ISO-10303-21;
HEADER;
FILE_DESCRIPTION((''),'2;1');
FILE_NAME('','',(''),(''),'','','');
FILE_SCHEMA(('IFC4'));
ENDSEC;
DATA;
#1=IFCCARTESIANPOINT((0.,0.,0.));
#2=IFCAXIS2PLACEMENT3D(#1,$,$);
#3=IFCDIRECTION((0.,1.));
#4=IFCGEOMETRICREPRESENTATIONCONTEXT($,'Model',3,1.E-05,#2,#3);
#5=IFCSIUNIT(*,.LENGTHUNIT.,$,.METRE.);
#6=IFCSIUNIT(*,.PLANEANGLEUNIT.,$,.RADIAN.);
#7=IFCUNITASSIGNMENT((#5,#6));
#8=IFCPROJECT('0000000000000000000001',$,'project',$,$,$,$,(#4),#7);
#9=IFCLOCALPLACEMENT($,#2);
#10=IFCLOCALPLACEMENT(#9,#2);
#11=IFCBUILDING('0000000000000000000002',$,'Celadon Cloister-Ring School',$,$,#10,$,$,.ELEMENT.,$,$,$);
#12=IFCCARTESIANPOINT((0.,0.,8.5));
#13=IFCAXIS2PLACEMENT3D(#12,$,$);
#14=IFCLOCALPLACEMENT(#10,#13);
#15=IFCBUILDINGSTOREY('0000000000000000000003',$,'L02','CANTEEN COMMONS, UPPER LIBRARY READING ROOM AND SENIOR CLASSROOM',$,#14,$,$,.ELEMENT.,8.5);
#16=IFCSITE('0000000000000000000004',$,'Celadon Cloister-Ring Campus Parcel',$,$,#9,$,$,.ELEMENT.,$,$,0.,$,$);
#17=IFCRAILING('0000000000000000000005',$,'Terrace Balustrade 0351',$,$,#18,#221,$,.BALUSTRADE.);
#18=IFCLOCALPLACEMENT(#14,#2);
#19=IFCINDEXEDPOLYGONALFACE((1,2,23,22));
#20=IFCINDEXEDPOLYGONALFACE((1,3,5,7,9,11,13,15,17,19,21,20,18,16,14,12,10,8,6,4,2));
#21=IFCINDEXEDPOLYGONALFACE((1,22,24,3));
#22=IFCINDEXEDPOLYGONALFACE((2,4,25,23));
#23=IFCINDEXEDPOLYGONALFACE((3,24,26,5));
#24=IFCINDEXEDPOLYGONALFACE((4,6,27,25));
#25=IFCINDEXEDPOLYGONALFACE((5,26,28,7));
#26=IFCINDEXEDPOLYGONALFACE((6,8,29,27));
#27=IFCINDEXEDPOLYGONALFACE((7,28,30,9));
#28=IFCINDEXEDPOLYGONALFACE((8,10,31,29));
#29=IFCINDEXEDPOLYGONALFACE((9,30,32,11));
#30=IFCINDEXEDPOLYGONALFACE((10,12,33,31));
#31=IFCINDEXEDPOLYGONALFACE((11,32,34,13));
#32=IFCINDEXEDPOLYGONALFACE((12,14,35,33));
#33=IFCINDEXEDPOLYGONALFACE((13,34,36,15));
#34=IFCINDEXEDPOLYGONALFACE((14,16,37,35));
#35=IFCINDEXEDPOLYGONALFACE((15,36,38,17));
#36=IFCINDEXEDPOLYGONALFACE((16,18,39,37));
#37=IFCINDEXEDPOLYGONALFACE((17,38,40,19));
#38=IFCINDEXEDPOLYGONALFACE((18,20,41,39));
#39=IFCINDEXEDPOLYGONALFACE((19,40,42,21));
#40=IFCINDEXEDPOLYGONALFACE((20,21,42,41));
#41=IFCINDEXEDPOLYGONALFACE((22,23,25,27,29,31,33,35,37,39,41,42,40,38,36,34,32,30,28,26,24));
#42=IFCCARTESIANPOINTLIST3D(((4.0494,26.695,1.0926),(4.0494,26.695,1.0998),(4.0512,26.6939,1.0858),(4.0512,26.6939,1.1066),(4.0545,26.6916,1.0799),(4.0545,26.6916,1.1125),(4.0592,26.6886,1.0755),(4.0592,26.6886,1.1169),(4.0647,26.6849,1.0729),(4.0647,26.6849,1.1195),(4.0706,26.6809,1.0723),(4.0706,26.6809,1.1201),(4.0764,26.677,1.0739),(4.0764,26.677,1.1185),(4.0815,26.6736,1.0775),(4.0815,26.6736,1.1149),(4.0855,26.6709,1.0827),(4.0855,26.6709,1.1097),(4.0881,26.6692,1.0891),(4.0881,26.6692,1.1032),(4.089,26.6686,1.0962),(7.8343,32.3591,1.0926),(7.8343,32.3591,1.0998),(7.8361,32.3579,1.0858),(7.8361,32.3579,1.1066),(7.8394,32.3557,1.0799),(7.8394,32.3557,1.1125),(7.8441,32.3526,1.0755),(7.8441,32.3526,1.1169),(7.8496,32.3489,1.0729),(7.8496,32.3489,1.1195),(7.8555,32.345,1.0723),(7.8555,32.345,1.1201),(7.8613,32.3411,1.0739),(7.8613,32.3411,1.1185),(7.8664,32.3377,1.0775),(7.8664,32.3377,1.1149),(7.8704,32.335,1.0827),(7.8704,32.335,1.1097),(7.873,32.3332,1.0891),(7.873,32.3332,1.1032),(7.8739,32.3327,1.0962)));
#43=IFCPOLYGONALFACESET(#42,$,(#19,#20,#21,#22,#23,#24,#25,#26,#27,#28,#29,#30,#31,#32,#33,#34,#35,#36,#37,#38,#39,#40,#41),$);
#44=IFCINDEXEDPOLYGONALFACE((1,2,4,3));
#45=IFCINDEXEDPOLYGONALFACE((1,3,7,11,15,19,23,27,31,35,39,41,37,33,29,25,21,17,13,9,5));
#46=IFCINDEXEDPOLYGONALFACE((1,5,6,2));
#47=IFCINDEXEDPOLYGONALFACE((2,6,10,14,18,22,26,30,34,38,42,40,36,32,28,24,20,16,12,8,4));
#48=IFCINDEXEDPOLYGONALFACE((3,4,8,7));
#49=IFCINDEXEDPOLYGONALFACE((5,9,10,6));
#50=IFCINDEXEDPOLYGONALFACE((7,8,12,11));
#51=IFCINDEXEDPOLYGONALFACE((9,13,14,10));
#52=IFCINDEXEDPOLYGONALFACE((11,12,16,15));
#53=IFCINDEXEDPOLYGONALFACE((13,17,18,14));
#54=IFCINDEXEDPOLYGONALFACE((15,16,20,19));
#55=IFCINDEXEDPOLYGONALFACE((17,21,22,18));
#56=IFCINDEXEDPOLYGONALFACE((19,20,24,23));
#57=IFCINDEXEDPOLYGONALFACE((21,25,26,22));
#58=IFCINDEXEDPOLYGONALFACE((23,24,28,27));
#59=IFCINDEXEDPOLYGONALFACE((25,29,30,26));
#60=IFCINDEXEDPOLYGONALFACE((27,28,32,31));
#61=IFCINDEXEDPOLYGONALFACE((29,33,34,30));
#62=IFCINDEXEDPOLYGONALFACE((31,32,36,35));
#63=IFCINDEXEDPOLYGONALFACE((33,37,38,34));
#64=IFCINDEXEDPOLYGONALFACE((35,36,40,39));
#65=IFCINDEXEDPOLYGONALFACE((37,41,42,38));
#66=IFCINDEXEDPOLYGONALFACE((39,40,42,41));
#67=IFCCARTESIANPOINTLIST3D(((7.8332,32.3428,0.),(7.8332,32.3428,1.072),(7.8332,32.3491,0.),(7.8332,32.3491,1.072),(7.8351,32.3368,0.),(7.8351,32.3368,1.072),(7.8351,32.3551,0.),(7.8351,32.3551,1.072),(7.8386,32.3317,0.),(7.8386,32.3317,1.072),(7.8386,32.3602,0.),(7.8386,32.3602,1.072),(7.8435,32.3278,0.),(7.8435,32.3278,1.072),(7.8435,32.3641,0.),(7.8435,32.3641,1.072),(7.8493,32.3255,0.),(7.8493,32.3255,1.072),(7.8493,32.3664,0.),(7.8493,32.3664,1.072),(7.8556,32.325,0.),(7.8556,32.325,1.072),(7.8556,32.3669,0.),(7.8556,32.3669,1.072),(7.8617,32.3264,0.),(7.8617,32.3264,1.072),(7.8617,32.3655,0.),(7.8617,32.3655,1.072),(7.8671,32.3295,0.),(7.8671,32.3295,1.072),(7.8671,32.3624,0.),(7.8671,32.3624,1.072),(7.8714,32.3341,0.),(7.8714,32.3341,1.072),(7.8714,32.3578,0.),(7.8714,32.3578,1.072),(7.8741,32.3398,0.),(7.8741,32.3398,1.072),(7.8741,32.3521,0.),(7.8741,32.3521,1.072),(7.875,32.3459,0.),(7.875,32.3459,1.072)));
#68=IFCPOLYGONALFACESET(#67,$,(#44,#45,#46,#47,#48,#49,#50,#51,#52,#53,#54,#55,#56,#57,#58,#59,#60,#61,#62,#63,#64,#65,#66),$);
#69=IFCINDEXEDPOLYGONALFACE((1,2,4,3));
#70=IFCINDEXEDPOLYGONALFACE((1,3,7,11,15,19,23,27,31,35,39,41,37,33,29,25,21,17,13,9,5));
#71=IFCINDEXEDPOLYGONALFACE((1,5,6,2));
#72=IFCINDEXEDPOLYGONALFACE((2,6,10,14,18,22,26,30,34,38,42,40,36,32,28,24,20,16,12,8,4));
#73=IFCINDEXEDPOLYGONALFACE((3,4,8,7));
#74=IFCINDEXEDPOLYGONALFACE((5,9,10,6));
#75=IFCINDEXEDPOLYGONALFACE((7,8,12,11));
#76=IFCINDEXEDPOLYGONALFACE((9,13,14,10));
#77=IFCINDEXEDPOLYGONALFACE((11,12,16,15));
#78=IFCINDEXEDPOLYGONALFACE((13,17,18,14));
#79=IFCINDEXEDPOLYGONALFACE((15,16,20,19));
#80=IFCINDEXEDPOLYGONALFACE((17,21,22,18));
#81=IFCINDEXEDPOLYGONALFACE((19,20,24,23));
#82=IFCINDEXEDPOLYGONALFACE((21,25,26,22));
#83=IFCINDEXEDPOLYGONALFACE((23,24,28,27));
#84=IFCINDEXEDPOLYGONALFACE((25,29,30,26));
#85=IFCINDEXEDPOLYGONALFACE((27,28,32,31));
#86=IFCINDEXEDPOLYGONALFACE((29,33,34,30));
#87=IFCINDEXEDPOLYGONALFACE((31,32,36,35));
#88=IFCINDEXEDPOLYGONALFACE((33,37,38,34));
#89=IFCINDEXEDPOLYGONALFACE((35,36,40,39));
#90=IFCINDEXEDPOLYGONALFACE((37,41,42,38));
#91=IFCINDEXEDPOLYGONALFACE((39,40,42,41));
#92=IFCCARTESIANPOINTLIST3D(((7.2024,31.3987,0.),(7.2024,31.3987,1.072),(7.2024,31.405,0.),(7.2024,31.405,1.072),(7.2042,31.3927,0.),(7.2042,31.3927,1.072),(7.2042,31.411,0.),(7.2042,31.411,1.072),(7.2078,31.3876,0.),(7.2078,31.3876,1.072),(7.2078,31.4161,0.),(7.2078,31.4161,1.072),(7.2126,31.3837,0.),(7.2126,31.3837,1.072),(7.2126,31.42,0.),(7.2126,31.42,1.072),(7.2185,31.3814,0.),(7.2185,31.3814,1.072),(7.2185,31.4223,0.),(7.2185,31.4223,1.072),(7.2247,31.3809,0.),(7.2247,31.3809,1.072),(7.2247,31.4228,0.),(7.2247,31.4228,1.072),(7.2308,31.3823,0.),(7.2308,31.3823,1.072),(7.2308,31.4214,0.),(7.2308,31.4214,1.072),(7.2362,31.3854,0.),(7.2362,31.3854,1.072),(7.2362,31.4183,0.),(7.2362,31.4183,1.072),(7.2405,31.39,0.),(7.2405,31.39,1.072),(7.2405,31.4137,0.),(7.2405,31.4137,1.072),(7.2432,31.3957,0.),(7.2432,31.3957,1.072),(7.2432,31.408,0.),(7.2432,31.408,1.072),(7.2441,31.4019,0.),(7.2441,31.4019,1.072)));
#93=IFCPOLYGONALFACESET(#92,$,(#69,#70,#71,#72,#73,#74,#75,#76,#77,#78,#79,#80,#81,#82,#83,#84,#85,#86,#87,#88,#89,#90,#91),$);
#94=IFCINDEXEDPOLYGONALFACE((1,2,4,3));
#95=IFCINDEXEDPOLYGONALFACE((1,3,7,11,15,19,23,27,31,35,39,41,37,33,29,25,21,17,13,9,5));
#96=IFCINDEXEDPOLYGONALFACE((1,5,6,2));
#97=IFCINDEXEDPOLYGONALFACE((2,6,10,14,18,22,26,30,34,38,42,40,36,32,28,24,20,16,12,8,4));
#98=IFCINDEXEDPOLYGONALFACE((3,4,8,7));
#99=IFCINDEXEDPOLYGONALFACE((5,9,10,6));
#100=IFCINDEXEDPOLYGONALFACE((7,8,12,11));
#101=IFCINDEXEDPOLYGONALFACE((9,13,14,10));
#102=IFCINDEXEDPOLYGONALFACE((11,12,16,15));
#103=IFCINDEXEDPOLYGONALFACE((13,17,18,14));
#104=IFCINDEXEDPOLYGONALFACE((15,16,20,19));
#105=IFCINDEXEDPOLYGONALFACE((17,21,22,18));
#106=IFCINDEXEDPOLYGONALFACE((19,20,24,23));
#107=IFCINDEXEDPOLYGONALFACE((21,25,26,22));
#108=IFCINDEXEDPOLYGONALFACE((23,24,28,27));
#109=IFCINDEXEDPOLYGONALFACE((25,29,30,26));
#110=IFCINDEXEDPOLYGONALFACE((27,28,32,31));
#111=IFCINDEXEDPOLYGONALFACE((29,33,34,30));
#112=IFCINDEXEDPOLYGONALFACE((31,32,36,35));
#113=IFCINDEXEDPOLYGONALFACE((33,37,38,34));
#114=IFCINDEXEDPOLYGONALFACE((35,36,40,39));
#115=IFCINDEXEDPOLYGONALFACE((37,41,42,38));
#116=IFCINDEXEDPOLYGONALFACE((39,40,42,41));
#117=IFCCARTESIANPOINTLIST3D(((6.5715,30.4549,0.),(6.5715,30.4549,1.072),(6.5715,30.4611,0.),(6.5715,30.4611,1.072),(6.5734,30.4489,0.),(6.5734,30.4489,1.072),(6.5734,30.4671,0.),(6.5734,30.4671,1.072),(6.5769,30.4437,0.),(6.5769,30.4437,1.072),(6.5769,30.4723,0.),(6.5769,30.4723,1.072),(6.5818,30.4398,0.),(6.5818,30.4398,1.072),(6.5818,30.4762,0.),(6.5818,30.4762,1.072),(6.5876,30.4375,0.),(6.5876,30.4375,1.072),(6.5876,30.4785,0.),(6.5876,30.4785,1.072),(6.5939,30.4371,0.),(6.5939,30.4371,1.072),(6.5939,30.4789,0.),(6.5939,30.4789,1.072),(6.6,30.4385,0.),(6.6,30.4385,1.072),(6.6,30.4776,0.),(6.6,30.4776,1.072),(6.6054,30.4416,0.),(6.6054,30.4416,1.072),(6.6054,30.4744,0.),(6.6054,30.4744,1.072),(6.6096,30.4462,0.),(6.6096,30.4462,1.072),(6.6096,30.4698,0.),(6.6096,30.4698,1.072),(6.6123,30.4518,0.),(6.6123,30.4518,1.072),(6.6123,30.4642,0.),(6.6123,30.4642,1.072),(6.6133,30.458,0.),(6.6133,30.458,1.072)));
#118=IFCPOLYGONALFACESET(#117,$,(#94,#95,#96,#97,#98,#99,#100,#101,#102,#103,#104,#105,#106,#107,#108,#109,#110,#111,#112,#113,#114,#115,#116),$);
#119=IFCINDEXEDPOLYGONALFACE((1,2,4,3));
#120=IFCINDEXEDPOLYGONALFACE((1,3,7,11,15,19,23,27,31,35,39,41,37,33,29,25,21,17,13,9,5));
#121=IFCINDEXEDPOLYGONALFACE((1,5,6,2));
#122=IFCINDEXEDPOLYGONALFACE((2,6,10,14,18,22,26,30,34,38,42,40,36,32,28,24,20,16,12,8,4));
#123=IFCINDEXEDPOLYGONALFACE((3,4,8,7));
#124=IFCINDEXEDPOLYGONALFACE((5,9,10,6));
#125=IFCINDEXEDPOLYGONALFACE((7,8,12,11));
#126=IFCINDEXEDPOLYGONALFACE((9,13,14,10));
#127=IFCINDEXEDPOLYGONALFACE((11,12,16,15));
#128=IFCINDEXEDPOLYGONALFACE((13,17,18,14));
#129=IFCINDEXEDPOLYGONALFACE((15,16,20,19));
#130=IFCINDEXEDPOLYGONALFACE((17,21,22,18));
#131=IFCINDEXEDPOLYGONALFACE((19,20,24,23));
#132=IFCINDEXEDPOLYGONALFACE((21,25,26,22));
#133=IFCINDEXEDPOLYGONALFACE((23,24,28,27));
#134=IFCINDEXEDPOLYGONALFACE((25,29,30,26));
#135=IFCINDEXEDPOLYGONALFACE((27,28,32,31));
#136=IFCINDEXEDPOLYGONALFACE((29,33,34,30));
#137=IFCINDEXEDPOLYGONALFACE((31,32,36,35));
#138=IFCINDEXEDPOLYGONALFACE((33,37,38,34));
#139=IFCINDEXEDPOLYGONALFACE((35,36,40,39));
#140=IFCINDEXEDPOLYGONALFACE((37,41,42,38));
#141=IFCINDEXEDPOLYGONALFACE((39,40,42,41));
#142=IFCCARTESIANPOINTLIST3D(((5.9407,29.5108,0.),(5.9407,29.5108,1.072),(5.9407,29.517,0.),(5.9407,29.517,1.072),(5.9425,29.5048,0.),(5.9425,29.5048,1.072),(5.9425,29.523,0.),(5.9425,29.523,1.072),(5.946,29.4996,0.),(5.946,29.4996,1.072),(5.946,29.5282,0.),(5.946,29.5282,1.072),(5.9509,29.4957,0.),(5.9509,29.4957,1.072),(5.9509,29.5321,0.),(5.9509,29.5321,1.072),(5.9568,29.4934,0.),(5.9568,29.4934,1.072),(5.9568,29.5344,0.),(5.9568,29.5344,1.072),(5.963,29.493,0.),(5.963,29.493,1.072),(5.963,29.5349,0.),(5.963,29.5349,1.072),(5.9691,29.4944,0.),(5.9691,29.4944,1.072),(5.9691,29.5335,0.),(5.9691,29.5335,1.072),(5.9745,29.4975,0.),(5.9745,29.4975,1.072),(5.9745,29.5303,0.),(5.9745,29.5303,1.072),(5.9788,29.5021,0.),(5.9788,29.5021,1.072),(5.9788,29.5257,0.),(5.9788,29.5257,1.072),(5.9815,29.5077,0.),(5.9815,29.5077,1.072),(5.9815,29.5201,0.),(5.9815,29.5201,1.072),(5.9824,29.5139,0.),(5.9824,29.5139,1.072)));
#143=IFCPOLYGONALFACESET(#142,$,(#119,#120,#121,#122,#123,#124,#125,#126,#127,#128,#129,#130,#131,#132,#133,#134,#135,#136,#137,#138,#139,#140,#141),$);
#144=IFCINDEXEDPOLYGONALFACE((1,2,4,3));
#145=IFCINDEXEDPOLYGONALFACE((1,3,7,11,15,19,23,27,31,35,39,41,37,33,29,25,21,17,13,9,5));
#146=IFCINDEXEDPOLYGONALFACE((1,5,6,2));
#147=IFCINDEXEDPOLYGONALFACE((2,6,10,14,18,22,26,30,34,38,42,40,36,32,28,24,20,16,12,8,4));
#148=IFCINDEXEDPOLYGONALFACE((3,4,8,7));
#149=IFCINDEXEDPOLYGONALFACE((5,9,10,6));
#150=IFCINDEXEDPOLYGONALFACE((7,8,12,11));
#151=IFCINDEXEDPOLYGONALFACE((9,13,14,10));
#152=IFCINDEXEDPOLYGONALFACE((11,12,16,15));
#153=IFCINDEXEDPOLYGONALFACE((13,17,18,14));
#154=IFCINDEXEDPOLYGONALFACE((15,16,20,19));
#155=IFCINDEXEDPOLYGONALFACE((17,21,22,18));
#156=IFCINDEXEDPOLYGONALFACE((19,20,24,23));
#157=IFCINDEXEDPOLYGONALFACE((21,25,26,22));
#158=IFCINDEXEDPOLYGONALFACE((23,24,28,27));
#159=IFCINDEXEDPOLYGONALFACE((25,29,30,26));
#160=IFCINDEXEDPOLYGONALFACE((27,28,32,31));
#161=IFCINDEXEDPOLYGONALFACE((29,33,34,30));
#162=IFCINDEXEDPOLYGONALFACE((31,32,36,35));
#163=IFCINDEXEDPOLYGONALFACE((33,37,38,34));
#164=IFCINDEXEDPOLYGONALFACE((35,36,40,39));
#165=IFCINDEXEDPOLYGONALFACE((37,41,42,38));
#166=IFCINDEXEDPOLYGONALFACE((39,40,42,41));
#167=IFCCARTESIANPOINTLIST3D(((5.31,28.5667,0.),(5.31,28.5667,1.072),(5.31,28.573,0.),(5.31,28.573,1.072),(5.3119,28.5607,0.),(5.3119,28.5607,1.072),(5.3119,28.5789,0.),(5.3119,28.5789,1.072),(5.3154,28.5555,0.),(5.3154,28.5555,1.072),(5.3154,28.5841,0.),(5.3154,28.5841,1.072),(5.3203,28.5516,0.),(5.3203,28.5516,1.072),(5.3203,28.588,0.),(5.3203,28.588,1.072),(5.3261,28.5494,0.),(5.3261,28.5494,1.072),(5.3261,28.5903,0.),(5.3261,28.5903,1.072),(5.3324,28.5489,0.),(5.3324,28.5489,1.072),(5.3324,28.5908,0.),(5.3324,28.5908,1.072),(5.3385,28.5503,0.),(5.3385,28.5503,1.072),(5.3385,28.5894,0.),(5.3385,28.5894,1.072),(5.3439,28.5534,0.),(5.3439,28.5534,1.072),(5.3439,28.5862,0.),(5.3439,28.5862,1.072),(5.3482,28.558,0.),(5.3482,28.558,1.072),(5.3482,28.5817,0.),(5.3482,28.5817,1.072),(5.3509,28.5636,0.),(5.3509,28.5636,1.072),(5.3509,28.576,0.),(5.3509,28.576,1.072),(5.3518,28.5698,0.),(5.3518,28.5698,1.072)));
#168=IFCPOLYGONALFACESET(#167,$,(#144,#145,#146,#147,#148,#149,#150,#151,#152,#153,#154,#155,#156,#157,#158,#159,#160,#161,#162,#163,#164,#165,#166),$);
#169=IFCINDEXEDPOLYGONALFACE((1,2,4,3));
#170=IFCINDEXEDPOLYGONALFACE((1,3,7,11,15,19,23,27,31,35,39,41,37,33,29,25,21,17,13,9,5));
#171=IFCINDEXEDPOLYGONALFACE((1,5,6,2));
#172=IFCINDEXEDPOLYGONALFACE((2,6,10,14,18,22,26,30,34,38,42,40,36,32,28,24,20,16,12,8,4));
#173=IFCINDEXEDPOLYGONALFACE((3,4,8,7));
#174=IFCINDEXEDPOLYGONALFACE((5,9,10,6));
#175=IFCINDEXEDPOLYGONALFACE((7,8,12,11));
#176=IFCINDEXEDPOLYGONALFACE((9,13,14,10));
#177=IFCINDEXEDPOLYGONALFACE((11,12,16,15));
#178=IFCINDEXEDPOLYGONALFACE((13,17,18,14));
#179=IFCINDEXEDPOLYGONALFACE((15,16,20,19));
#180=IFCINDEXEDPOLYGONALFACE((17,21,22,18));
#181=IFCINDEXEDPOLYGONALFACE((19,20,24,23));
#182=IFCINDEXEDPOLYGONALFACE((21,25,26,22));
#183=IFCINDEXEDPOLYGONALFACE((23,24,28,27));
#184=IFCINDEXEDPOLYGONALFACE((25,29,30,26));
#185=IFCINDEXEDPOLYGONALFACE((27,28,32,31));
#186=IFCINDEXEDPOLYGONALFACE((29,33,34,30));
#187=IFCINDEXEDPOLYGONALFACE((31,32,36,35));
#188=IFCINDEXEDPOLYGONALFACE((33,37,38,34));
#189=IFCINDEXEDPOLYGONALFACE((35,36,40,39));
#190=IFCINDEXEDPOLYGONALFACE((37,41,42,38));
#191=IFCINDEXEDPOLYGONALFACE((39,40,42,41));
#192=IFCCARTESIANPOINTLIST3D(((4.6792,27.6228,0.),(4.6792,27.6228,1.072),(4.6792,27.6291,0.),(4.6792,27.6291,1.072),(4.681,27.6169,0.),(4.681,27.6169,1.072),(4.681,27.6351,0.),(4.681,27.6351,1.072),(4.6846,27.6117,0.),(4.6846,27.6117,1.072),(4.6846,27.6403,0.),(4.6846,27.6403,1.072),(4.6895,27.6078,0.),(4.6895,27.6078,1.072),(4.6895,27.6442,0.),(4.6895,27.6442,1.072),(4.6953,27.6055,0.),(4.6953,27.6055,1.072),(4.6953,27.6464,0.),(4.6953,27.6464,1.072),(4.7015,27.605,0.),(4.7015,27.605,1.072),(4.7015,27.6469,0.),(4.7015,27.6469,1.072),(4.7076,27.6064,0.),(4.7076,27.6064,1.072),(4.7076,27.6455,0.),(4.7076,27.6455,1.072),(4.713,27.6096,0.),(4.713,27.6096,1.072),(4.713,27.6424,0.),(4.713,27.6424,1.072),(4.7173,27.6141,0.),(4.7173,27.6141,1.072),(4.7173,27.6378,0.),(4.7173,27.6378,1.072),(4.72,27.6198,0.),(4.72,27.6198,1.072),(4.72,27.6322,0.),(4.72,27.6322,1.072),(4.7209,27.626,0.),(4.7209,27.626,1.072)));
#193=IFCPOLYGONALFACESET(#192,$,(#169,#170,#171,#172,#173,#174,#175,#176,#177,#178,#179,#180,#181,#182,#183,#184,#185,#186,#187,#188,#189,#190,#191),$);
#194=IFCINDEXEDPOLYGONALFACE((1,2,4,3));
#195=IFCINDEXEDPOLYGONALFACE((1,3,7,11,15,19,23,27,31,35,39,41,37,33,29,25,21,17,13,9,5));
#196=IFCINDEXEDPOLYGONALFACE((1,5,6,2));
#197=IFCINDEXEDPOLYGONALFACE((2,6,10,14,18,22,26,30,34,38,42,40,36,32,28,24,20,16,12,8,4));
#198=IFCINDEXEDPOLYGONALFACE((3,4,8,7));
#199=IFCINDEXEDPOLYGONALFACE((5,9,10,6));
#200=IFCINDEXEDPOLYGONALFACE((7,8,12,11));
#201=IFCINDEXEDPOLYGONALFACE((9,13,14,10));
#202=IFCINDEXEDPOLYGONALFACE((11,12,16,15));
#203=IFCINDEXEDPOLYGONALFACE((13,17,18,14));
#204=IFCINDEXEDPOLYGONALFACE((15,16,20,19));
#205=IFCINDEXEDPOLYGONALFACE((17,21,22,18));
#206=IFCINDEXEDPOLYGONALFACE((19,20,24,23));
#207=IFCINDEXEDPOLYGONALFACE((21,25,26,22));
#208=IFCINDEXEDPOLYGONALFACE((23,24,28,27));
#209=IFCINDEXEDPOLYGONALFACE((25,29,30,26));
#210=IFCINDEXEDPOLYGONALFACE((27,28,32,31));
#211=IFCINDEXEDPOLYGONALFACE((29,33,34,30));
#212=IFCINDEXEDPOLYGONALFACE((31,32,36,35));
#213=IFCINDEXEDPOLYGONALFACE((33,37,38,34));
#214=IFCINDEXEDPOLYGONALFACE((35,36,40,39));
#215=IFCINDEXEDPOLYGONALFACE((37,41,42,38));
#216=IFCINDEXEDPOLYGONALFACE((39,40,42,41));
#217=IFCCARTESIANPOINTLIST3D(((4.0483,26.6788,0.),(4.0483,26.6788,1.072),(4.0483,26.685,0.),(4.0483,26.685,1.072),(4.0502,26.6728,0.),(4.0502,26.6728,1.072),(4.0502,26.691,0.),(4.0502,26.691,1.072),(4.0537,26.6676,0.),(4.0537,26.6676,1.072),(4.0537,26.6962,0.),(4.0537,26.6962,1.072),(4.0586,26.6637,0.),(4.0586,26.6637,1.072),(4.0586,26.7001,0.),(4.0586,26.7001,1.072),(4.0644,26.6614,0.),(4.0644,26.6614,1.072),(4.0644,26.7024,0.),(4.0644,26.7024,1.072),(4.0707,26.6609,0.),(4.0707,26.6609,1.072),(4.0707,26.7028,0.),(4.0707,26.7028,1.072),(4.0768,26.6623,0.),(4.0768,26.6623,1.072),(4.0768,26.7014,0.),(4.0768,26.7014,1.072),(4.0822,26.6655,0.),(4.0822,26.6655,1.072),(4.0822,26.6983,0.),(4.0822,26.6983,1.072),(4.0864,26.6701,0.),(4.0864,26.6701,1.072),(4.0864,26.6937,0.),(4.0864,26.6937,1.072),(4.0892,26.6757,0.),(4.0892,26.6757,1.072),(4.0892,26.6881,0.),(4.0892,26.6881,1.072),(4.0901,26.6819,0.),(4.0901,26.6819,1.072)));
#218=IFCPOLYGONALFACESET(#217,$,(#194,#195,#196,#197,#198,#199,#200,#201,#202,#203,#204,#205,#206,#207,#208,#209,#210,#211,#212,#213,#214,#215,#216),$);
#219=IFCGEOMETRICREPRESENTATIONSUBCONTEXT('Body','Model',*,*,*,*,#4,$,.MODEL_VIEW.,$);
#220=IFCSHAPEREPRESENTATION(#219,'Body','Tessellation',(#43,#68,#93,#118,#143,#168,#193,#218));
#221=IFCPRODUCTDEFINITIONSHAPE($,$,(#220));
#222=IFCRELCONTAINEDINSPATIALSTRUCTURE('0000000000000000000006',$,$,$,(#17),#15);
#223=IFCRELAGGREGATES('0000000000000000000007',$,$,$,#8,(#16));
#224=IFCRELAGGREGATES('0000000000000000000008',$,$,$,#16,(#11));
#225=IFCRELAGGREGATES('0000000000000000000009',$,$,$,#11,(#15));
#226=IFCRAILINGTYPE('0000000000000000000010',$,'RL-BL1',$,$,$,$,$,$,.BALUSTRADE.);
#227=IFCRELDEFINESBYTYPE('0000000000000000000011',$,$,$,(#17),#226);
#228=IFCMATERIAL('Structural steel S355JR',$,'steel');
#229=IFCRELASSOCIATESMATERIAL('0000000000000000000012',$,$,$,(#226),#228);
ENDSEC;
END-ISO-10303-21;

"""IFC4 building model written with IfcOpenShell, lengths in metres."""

from ifc_helpers import new_model, si_unit, direction, frame, origin, origin_2d, place, context, subcontext, project, spatial, circle, extrude, material, type_object, element, save


model = new_model("IFC4")

# Units and contexts
model_context = context("Model", 3, precision=1e-05, world=origin(), true_north=direction((0.0, 1.0)))
body_context = subcontext(model_context, "Body", "Model", "MODEL_VIEW")
ifc_project = project(units=[si_unit("LENGTHUNIT", "METRE"), si_unit("PLANEANGLEUNIT", "RADIAN")], contexts=[model_context])

# Site, building, storey
site_placement = place(None, origin())
site = spatial("IfcSite", under=ifc_project, at=site_placement, Name="Celadon Cloister-Ring Campus Parcel", CompositionType="ELEMENT", RefElevation=0.0)
building_placement = place(site_placement, origin())
building = spatial("IfcBuilding", under=site, at=building_placement, Name="Celadon Cloister-Ring School", CompositionType="ELEMENT")
storey_placement = place(building_placement, frame((0.0, 0.0, 8.5)))
storey = spatial("IfcBuildingStorey", under=building, at=storey_placement, Name="L02", Description="CANTEEN COMMONS, UPPER LIBRARY READING ROOM AND SENIOR CLASSROOM", CompositionType="ELEMENT", Elevation=8.5)

# Railing
ifc_material_1 = material(Name="Structural steel S355JR", Category="steel")
railing_type = type_object("IfcRailingType", Name="RL-BL1", PredefinedType="BALUSTRADE", material=ifc_material_1)
railing_1_placement = place(storey_placement, frame((7.854, 32.3459, 0.0)))
element("IfcRailing", 1, at=railing_1_placement, inside=storey, type_object=railing_type, Name="Terrace Balustrade 0351", PredefinedType="BALUSTRADE", context=body_context, shape_type="SweptSolid", body=[
    extrude(circle(Radius=0.0239, at=origin_2d()), frame((0.0, 0.0, 1.0962), z_axis=(-0.555601, -0.831449, 0.0), x_axis=(0.831449, -0.555601, 0.0)), (0.0, 0.0, 1.0), 6.8123),
    extrude(circle(Radius=0.021, at=origin_2d()), origin(), (0.0, 0.0, 1.0), 1.072),
    extrude(circle(Radius=0.021, at=origin_2d()), frame((-0.6309, -0.9441, 0.0)), (0.0, 0.0, 1.0), 1.072),
    extrude(circle(Radius=0.021, at=origin_2d()), frame((-1.2617, -1.8879, 0.0)), (0.0, 0.0, 1.0), 1.072),
    extrude(circle(Radius=0.021, at=origin_2d()), frame((-1.8926, -2.832, 0.0)), (0.0, 0.0, 1.0), 1.072),
    extrude(circle(Radius=0.021, at=origin_2d()), frame((-2.5232, -3.7761, 0.0)), (0.0, 0.0, 1.0), 1.072),
    extrude(circle(Radius=0.021, at=origin_2d()), frame((-3.1541, -4.72, 0.0)), (0.0, 0.0, 1.0), 1.072),
    extrude(circle(Radius=0.021, at=origin_2d()), frame((-3.7849, -5.6641, 0.0)), (0.0, 0.0, 1.0), 1.072),
])

save(model, "model.ifc")
